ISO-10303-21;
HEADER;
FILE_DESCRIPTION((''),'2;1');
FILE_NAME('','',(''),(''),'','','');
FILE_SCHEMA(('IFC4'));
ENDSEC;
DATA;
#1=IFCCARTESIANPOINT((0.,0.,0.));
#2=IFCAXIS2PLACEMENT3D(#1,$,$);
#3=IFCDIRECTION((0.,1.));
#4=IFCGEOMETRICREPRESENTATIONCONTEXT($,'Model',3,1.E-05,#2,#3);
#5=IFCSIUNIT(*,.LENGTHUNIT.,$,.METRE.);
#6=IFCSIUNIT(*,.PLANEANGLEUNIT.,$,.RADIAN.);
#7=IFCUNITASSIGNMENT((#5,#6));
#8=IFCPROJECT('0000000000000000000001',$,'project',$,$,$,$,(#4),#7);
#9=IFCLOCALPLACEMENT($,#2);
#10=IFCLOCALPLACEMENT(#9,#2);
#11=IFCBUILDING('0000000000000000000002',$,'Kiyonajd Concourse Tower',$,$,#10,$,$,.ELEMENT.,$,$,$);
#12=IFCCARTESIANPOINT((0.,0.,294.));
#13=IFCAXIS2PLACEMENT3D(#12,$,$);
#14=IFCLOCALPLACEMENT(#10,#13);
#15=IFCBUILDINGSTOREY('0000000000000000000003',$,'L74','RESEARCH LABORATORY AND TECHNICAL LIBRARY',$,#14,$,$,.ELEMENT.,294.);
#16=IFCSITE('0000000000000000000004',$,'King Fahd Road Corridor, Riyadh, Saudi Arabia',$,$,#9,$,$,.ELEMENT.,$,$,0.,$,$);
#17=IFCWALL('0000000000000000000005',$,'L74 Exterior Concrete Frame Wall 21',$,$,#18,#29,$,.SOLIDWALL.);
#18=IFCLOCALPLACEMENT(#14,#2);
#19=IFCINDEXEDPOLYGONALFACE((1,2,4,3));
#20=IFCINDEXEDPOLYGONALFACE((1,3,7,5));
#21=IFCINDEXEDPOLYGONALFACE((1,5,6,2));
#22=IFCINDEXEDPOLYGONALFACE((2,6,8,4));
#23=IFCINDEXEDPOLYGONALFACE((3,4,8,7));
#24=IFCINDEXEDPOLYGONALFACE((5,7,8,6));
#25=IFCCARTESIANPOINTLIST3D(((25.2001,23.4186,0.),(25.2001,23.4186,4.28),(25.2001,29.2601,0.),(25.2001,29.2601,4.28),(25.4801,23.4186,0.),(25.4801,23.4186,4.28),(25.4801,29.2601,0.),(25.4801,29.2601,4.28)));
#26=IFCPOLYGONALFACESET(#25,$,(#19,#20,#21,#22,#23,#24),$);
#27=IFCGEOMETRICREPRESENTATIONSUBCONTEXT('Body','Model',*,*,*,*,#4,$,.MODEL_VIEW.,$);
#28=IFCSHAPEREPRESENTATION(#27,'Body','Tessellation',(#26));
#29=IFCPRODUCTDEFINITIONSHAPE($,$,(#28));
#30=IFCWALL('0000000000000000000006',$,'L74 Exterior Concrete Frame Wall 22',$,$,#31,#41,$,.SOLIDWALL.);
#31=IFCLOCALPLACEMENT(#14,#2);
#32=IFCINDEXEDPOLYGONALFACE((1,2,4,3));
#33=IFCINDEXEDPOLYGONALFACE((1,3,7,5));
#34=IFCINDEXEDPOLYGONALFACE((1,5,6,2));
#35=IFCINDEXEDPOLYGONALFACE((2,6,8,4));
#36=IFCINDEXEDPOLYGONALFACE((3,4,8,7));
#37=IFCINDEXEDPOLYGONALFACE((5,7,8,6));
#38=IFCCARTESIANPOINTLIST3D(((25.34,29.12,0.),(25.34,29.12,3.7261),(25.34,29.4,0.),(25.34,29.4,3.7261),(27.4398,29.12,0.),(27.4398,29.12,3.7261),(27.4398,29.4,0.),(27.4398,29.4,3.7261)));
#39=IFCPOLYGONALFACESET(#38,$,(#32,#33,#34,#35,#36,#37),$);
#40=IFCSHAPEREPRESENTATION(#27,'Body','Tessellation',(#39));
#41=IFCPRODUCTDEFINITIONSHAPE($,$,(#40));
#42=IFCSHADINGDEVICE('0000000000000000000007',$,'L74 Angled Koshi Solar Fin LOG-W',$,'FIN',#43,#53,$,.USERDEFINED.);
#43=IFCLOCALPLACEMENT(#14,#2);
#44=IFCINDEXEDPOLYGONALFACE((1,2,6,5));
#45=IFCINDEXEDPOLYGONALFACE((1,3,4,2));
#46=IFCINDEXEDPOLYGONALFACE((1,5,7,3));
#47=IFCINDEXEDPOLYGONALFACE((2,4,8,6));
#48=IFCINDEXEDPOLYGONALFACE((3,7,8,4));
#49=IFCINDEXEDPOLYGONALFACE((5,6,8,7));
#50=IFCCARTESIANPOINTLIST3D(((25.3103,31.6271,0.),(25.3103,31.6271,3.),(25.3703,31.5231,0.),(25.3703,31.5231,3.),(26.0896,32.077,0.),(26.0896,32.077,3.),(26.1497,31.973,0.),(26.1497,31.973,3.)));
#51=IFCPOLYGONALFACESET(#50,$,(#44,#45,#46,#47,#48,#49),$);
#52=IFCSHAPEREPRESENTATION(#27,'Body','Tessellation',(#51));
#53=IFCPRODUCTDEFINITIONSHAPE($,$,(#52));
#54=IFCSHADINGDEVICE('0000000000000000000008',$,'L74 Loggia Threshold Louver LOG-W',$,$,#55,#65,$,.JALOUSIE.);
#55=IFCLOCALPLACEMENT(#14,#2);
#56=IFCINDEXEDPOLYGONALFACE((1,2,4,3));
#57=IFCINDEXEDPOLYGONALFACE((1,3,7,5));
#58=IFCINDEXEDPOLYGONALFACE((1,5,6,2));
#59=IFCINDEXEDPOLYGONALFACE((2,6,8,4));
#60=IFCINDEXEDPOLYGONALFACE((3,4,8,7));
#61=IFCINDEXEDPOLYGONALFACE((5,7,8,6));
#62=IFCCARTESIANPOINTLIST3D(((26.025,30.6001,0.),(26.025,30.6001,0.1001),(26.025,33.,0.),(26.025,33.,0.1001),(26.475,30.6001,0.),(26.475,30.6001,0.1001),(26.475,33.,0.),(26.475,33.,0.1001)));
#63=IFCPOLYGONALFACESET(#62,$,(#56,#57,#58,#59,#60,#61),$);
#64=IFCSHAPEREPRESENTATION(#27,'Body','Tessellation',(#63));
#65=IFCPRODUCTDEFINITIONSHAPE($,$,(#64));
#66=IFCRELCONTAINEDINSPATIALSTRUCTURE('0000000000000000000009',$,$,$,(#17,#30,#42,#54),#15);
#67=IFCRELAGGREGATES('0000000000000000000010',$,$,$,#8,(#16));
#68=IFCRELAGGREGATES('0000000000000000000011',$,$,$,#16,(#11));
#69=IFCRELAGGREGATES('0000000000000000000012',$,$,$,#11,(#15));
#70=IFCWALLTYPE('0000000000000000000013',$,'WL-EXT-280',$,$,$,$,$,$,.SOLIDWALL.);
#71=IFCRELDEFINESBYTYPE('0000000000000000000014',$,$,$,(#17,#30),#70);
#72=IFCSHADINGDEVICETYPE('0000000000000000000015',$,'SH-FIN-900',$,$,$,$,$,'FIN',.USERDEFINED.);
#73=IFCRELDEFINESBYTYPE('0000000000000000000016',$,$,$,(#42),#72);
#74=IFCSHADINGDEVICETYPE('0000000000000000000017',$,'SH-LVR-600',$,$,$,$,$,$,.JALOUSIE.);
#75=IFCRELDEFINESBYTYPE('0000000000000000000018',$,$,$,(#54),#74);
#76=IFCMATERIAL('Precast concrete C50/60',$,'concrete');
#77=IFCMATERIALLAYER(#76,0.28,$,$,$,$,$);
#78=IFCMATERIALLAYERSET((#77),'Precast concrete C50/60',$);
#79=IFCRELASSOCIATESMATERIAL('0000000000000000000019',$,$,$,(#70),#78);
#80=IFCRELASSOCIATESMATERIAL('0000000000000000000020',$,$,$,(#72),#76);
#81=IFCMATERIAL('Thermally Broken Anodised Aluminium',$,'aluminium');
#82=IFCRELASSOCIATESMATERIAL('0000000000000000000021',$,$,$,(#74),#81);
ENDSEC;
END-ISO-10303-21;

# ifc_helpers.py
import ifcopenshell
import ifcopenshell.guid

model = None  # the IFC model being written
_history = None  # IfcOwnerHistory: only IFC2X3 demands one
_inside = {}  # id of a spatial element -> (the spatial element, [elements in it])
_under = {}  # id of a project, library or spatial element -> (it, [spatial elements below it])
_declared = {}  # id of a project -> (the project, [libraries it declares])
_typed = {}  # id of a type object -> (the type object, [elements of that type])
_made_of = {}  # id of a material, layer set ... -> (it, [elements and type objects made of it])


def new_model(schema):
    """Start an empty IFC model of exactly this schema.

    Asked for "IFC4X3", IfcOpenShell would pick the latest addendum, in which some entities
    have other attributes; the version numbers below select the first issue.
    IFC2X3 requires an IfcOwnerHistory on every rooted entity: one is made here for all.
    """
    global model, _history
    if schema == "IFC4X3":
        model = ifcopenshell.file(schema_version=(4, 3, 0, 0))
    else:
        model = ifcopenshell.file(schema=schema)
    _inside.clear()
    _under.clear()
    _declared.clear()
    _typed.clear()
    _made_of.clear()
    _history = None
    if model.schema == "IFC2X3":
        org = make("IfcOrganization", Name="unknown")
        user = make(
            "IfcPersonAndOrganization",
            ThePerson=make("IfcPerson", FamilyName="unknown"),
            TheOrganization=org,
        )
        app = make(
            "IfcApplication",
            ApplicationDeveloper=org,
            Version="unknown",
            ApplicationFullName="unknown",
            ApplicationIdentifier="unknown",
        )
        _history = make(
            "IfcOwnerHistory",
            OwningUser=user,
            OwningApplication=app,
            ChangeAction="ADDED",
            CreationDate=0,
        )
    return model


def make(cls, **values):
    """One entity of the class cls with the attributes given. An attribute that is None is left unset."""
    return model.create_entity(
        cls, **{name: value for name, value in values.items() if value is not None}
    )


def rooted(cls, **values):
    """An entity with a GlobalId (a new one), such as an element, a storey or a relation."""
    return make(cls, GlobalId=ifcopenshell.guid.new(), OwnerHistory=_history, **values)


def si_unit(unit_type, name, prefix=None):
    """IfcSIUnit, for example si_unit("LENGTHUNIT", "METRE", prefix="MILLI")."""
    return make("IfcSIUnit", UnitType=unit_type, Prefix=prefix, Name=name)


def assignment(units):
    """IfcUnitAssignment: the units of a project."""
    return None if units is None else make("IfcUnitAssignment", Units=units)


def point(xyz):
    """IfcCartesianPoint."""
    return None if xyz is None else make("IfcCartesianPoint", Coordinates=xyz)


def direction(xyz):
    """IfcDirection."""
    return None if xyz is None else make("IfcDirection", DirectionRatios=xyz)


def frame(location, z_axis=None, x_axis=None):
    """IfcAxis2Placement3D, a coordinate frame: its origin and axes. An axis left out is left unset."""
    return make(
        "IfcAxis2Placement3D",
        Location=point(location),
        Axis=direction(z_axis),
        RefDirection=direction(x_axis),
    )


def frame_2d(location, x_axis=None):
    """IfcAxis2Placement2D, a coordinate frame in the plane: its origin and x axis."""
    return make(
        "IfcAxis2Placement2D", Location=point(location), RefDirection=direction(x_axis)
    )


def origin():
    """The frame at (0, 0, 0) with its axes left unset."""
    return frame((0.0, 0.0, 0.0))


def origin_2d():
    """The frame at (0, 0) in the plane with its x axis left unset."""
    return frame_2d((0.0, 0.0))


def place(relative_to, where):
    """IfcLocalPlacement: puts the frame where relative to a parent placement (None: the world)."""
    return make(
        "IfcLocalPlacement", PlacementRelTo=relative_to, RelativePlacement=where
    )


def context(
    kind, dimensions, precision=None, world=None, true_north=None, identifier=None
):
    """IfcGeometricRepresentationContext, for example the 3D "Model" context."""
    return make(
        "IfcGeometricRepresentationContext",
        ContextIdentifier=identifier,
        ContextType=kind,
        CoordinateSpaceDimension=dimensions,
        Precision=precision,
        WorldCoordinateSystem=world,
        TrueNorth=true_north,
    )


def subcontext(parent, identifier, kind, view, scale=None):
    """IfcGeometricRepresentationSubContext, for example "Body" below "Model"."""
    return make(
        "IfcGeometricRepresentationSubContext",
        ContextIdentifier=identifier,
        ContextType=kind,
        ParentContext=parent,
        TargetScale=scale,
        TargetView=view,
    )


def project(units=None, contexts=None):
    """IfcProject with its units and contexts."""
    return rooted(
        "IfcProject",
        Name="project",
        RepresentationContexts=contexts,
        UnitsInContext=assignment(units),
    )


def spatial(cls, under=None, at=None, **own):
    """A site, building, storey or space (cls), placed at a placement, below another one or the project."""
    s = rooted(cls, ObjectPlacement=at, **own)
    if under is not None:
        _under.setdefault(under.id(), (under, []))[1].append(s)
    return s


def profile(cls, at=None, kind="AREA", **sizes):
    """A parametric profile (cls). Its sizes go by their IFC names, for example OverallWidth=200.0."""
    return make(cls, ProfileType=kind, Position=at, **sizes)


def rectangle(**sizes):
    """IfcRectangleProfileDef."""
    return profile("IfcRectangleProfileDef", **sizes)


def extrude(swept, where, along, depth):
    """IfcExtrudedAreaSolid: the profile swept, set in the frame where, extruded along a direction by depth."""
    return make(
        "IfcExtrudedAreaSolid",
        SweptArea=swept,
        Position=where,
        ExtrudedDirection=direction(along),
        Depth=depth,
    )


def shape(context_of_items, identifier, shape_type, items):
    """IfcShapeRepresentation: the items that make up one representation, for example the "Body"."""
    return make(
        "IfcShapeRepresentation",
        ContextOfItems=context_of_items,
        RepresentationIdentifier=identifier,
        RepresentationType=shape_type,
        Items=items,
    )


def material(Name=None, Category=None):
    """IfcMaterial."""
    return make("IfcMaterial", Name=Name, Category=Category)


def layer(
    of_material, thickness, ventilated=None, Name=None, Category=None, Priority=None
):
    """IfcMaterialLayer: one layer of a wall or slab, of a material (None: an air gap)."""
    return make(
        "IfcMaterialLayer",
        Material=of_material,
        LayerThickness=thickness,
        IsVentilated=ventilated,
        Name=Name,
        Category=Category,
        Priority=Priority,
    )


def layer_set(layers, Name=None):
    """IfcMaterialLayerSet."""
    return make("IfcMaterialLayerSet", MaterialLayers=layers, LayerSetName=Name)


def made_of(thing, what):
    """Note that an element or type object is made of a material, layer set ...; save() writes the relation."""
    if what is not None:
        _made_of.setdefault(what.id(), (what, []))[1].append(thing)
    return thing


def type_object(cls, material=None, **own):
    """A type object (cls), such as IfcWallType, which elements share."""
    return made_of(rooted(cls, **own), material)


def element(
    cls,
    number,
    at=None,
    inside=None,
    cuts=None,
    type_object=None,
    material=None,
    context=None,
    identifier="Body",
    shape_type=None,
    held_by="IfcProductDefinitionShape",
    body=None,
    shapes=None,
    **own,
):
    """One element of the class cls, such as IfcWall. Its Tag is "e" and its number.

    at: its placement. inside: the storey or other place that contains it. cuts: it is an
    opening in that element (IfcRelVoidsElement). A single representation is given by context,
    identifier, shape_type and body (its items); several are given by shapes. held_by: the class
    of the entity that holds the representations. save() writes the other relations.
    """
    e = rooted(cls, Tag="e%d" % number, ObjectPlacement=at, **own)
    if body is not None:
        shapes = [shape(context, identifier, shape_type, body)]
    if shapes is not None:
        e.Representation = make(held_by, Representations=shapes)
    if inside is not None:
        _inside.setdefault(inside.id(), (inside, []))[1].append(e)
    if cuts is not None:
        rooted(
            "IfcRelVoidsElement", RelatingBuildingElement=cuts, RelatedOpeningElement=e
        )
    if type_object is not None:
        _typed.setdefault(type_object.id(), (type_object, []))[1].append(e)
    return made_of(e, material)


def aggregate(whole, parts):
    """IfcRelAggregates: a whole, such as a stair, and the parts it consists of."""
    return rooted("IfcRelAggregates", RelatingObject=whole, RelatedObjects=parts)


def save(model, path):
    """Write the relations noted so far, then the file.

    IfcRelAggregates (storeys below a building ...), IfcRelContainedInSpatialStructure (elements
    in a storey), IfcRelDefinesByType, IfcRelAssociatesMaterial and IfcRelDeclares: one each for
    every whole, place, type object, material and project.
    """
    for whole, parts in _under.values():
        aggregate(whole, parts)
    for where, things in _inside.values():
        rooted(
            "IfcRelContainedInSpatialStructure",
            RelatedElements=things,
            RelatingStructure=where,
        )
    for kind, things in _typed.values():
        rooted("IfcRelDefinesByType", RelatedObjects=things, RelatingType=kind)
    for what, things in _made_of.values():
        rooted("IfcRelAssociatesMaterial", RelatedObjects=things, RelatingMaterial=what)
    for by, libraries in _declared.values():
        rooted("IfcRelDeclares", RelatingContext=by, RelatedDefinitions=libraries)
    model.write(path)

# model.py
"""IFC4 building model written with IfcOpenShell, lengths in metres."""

from ifc_helpers import new_model, si_unit, direction, frame, frame_2d, origin, origin_2d, place, context, subcontext, project, spatial, rectangle, extrude, material, layer, layer_set, type_object, element, save


model = new_model("IFC4")

# Units and contexts
model_context = context("Model", 3, precision=1e-05, world=origin(), true_north=direction((0.0, 1.0)))
body_context = subcontext(model_context, "Body", "Model", "MODEL_VIEW")
ifc_project = project(units=[si_unit("LENGTHUNIT", "METRE"), si_unit("PLANEANGLEUNIT", "RADIAN")], contexts=[model_context])

# Site, building, storey
site_placement = place(None, origin())
site = spatial("IfcSite", under=ifc_project, at=site_placement, Name="King Fahd Road Corridor, Riyadh, Saudi Arabia", CompositionType="ELEMENT", RefElevation=0.0)
building_placement = place(site_placement, origin())
building = spatial("IfcBuilding", under=site, at=building_placement, Name="Kiyonajd Concourse Tower", CompositionType="ELEMENT")
storey_placement = place(building_placement, frame((0.0, 0.0, 294.0)))
storey = spatial("IfcBuildingStorey", under=building, at=storey_placement, Name="L74", Description="RESEARCH LABORATORY AND TECHNICAL LIBRARY", CompositionType="ELEMENT", Elevation=294.0)

# Shared definitions
ifc_material_1 = material(Name="Precast concrete C50/60", Category="concrete")

# Walls
ifc_layer_1 = layer(ifc_material_1, 0.28)
ifc_layer_set_1 = layer_set([ifc_layer_1], Name="Precast concrete C50/60")
wall_type = type_object("IfcWallType", Name="WL-EXT-280", PredefinedType="SOLIDWALL", material=ifc_layer_set_1)
wall_1_placement = place(storey_placement, frame((25.3401, 23.4185, 0.0), z_axis=(0.0, 0.0, 1.0), x_axis=(0.0, 1.0, 0.0)))
element("IfcWall", 1, at=wall_1_placement, inside=storey, type_object=wall_type, Name="L74 Exterior Concrete Frame Wall 21", PredefinedType="SOLIDWALL", context=body_context, shape_type="SweptSolid", body=[
    extrude(rectangle(XDim=5.8416, YDim=0.28, at=frame_2d((2.9209, 0.0))), origin(), (0.0, 0.0, 1.0), 4.28),
])
wall_2_placement = place(storey_placement, frame((25.3401, 29.26, 0.0), z_axis=(0.0, 0.0, 1.0), x_axis=(1.0, 0.0, 0.0)))
element("IfcWall", 2, at=wall_2_placement, inside=storey, type_object=wall_type, Name="L74 Exterior Concrete Frame Wall 22", PredefinedType="SOLIDWALL", context=body_context, shape_type="SweptSolid", body=[
    extrude(rectangle(XDim=2.0999, YDim=0.28, at=frame_2d((1.0498, 0.0))), origin(), (0.0, 0.0, 1.0), 3.7261),
])

# Shading devices
shading_device_type_1 = type_object("IfcShadingDeviceType", Name="SH-FIN-900", ElementType="FIN", PredefinedType="USERDEFINED", material=ifc_material_1)
shading_device_1_placement = place(storey_placement, frame((25.73, 31.8, 0.0), z_axis=(0.0, 0.0, 1.0), x_axis=(0.866025, 0.5, 0.0)))
element("IfcShadingDevice", 3, at=shading_device_1_placement, inside=storey, type_object=shading_device_type_1, Name="L74 Angled Koshi Solar Fin LOG-W", ObjectType="FIN", PredefinedType="USERDEFINED", context=body_context, shape_type="SweptSolid", body=[
    extrude(rectangle(XDim=0.8999, YDim=0.1201, at=origin_2d()), origin(), (0.0, 0.0, 1.0), 3.0),
])
ifc_material_2 = material(Name="Thermally Broken Anodised Aluminium", Category="aluminium")
shading_device_type_2 = type_object("IfcShadingDeviceType", Name="SH-LVR-600", PredefinedType="JALOUSIE", material=ifc_material_2)
shading_device_2_placement = place(storey_placement, frame((26.25, 31.8, 0.0), z_axis=(0.0, 0.0, 1.0), x_axis=(0.0, 1.0, 0.0)))
element("IfcShadingDevice", 4, at=shading_device_2_placement, inside=storey, type_object=shading_device_type_2, Name="L74 Loggia Threshold Louver LOG-W", PredefinedType="JALOUSIE", context=body_context, shape_type="SweptSolid", body=[
    extrude(rectangle(XDim=2.3999, YDim=0.45, at=origin_2d()), origin(), (0.0, 0.0, 1.0), 0.1001),
])

save(model, "model.ifc")
